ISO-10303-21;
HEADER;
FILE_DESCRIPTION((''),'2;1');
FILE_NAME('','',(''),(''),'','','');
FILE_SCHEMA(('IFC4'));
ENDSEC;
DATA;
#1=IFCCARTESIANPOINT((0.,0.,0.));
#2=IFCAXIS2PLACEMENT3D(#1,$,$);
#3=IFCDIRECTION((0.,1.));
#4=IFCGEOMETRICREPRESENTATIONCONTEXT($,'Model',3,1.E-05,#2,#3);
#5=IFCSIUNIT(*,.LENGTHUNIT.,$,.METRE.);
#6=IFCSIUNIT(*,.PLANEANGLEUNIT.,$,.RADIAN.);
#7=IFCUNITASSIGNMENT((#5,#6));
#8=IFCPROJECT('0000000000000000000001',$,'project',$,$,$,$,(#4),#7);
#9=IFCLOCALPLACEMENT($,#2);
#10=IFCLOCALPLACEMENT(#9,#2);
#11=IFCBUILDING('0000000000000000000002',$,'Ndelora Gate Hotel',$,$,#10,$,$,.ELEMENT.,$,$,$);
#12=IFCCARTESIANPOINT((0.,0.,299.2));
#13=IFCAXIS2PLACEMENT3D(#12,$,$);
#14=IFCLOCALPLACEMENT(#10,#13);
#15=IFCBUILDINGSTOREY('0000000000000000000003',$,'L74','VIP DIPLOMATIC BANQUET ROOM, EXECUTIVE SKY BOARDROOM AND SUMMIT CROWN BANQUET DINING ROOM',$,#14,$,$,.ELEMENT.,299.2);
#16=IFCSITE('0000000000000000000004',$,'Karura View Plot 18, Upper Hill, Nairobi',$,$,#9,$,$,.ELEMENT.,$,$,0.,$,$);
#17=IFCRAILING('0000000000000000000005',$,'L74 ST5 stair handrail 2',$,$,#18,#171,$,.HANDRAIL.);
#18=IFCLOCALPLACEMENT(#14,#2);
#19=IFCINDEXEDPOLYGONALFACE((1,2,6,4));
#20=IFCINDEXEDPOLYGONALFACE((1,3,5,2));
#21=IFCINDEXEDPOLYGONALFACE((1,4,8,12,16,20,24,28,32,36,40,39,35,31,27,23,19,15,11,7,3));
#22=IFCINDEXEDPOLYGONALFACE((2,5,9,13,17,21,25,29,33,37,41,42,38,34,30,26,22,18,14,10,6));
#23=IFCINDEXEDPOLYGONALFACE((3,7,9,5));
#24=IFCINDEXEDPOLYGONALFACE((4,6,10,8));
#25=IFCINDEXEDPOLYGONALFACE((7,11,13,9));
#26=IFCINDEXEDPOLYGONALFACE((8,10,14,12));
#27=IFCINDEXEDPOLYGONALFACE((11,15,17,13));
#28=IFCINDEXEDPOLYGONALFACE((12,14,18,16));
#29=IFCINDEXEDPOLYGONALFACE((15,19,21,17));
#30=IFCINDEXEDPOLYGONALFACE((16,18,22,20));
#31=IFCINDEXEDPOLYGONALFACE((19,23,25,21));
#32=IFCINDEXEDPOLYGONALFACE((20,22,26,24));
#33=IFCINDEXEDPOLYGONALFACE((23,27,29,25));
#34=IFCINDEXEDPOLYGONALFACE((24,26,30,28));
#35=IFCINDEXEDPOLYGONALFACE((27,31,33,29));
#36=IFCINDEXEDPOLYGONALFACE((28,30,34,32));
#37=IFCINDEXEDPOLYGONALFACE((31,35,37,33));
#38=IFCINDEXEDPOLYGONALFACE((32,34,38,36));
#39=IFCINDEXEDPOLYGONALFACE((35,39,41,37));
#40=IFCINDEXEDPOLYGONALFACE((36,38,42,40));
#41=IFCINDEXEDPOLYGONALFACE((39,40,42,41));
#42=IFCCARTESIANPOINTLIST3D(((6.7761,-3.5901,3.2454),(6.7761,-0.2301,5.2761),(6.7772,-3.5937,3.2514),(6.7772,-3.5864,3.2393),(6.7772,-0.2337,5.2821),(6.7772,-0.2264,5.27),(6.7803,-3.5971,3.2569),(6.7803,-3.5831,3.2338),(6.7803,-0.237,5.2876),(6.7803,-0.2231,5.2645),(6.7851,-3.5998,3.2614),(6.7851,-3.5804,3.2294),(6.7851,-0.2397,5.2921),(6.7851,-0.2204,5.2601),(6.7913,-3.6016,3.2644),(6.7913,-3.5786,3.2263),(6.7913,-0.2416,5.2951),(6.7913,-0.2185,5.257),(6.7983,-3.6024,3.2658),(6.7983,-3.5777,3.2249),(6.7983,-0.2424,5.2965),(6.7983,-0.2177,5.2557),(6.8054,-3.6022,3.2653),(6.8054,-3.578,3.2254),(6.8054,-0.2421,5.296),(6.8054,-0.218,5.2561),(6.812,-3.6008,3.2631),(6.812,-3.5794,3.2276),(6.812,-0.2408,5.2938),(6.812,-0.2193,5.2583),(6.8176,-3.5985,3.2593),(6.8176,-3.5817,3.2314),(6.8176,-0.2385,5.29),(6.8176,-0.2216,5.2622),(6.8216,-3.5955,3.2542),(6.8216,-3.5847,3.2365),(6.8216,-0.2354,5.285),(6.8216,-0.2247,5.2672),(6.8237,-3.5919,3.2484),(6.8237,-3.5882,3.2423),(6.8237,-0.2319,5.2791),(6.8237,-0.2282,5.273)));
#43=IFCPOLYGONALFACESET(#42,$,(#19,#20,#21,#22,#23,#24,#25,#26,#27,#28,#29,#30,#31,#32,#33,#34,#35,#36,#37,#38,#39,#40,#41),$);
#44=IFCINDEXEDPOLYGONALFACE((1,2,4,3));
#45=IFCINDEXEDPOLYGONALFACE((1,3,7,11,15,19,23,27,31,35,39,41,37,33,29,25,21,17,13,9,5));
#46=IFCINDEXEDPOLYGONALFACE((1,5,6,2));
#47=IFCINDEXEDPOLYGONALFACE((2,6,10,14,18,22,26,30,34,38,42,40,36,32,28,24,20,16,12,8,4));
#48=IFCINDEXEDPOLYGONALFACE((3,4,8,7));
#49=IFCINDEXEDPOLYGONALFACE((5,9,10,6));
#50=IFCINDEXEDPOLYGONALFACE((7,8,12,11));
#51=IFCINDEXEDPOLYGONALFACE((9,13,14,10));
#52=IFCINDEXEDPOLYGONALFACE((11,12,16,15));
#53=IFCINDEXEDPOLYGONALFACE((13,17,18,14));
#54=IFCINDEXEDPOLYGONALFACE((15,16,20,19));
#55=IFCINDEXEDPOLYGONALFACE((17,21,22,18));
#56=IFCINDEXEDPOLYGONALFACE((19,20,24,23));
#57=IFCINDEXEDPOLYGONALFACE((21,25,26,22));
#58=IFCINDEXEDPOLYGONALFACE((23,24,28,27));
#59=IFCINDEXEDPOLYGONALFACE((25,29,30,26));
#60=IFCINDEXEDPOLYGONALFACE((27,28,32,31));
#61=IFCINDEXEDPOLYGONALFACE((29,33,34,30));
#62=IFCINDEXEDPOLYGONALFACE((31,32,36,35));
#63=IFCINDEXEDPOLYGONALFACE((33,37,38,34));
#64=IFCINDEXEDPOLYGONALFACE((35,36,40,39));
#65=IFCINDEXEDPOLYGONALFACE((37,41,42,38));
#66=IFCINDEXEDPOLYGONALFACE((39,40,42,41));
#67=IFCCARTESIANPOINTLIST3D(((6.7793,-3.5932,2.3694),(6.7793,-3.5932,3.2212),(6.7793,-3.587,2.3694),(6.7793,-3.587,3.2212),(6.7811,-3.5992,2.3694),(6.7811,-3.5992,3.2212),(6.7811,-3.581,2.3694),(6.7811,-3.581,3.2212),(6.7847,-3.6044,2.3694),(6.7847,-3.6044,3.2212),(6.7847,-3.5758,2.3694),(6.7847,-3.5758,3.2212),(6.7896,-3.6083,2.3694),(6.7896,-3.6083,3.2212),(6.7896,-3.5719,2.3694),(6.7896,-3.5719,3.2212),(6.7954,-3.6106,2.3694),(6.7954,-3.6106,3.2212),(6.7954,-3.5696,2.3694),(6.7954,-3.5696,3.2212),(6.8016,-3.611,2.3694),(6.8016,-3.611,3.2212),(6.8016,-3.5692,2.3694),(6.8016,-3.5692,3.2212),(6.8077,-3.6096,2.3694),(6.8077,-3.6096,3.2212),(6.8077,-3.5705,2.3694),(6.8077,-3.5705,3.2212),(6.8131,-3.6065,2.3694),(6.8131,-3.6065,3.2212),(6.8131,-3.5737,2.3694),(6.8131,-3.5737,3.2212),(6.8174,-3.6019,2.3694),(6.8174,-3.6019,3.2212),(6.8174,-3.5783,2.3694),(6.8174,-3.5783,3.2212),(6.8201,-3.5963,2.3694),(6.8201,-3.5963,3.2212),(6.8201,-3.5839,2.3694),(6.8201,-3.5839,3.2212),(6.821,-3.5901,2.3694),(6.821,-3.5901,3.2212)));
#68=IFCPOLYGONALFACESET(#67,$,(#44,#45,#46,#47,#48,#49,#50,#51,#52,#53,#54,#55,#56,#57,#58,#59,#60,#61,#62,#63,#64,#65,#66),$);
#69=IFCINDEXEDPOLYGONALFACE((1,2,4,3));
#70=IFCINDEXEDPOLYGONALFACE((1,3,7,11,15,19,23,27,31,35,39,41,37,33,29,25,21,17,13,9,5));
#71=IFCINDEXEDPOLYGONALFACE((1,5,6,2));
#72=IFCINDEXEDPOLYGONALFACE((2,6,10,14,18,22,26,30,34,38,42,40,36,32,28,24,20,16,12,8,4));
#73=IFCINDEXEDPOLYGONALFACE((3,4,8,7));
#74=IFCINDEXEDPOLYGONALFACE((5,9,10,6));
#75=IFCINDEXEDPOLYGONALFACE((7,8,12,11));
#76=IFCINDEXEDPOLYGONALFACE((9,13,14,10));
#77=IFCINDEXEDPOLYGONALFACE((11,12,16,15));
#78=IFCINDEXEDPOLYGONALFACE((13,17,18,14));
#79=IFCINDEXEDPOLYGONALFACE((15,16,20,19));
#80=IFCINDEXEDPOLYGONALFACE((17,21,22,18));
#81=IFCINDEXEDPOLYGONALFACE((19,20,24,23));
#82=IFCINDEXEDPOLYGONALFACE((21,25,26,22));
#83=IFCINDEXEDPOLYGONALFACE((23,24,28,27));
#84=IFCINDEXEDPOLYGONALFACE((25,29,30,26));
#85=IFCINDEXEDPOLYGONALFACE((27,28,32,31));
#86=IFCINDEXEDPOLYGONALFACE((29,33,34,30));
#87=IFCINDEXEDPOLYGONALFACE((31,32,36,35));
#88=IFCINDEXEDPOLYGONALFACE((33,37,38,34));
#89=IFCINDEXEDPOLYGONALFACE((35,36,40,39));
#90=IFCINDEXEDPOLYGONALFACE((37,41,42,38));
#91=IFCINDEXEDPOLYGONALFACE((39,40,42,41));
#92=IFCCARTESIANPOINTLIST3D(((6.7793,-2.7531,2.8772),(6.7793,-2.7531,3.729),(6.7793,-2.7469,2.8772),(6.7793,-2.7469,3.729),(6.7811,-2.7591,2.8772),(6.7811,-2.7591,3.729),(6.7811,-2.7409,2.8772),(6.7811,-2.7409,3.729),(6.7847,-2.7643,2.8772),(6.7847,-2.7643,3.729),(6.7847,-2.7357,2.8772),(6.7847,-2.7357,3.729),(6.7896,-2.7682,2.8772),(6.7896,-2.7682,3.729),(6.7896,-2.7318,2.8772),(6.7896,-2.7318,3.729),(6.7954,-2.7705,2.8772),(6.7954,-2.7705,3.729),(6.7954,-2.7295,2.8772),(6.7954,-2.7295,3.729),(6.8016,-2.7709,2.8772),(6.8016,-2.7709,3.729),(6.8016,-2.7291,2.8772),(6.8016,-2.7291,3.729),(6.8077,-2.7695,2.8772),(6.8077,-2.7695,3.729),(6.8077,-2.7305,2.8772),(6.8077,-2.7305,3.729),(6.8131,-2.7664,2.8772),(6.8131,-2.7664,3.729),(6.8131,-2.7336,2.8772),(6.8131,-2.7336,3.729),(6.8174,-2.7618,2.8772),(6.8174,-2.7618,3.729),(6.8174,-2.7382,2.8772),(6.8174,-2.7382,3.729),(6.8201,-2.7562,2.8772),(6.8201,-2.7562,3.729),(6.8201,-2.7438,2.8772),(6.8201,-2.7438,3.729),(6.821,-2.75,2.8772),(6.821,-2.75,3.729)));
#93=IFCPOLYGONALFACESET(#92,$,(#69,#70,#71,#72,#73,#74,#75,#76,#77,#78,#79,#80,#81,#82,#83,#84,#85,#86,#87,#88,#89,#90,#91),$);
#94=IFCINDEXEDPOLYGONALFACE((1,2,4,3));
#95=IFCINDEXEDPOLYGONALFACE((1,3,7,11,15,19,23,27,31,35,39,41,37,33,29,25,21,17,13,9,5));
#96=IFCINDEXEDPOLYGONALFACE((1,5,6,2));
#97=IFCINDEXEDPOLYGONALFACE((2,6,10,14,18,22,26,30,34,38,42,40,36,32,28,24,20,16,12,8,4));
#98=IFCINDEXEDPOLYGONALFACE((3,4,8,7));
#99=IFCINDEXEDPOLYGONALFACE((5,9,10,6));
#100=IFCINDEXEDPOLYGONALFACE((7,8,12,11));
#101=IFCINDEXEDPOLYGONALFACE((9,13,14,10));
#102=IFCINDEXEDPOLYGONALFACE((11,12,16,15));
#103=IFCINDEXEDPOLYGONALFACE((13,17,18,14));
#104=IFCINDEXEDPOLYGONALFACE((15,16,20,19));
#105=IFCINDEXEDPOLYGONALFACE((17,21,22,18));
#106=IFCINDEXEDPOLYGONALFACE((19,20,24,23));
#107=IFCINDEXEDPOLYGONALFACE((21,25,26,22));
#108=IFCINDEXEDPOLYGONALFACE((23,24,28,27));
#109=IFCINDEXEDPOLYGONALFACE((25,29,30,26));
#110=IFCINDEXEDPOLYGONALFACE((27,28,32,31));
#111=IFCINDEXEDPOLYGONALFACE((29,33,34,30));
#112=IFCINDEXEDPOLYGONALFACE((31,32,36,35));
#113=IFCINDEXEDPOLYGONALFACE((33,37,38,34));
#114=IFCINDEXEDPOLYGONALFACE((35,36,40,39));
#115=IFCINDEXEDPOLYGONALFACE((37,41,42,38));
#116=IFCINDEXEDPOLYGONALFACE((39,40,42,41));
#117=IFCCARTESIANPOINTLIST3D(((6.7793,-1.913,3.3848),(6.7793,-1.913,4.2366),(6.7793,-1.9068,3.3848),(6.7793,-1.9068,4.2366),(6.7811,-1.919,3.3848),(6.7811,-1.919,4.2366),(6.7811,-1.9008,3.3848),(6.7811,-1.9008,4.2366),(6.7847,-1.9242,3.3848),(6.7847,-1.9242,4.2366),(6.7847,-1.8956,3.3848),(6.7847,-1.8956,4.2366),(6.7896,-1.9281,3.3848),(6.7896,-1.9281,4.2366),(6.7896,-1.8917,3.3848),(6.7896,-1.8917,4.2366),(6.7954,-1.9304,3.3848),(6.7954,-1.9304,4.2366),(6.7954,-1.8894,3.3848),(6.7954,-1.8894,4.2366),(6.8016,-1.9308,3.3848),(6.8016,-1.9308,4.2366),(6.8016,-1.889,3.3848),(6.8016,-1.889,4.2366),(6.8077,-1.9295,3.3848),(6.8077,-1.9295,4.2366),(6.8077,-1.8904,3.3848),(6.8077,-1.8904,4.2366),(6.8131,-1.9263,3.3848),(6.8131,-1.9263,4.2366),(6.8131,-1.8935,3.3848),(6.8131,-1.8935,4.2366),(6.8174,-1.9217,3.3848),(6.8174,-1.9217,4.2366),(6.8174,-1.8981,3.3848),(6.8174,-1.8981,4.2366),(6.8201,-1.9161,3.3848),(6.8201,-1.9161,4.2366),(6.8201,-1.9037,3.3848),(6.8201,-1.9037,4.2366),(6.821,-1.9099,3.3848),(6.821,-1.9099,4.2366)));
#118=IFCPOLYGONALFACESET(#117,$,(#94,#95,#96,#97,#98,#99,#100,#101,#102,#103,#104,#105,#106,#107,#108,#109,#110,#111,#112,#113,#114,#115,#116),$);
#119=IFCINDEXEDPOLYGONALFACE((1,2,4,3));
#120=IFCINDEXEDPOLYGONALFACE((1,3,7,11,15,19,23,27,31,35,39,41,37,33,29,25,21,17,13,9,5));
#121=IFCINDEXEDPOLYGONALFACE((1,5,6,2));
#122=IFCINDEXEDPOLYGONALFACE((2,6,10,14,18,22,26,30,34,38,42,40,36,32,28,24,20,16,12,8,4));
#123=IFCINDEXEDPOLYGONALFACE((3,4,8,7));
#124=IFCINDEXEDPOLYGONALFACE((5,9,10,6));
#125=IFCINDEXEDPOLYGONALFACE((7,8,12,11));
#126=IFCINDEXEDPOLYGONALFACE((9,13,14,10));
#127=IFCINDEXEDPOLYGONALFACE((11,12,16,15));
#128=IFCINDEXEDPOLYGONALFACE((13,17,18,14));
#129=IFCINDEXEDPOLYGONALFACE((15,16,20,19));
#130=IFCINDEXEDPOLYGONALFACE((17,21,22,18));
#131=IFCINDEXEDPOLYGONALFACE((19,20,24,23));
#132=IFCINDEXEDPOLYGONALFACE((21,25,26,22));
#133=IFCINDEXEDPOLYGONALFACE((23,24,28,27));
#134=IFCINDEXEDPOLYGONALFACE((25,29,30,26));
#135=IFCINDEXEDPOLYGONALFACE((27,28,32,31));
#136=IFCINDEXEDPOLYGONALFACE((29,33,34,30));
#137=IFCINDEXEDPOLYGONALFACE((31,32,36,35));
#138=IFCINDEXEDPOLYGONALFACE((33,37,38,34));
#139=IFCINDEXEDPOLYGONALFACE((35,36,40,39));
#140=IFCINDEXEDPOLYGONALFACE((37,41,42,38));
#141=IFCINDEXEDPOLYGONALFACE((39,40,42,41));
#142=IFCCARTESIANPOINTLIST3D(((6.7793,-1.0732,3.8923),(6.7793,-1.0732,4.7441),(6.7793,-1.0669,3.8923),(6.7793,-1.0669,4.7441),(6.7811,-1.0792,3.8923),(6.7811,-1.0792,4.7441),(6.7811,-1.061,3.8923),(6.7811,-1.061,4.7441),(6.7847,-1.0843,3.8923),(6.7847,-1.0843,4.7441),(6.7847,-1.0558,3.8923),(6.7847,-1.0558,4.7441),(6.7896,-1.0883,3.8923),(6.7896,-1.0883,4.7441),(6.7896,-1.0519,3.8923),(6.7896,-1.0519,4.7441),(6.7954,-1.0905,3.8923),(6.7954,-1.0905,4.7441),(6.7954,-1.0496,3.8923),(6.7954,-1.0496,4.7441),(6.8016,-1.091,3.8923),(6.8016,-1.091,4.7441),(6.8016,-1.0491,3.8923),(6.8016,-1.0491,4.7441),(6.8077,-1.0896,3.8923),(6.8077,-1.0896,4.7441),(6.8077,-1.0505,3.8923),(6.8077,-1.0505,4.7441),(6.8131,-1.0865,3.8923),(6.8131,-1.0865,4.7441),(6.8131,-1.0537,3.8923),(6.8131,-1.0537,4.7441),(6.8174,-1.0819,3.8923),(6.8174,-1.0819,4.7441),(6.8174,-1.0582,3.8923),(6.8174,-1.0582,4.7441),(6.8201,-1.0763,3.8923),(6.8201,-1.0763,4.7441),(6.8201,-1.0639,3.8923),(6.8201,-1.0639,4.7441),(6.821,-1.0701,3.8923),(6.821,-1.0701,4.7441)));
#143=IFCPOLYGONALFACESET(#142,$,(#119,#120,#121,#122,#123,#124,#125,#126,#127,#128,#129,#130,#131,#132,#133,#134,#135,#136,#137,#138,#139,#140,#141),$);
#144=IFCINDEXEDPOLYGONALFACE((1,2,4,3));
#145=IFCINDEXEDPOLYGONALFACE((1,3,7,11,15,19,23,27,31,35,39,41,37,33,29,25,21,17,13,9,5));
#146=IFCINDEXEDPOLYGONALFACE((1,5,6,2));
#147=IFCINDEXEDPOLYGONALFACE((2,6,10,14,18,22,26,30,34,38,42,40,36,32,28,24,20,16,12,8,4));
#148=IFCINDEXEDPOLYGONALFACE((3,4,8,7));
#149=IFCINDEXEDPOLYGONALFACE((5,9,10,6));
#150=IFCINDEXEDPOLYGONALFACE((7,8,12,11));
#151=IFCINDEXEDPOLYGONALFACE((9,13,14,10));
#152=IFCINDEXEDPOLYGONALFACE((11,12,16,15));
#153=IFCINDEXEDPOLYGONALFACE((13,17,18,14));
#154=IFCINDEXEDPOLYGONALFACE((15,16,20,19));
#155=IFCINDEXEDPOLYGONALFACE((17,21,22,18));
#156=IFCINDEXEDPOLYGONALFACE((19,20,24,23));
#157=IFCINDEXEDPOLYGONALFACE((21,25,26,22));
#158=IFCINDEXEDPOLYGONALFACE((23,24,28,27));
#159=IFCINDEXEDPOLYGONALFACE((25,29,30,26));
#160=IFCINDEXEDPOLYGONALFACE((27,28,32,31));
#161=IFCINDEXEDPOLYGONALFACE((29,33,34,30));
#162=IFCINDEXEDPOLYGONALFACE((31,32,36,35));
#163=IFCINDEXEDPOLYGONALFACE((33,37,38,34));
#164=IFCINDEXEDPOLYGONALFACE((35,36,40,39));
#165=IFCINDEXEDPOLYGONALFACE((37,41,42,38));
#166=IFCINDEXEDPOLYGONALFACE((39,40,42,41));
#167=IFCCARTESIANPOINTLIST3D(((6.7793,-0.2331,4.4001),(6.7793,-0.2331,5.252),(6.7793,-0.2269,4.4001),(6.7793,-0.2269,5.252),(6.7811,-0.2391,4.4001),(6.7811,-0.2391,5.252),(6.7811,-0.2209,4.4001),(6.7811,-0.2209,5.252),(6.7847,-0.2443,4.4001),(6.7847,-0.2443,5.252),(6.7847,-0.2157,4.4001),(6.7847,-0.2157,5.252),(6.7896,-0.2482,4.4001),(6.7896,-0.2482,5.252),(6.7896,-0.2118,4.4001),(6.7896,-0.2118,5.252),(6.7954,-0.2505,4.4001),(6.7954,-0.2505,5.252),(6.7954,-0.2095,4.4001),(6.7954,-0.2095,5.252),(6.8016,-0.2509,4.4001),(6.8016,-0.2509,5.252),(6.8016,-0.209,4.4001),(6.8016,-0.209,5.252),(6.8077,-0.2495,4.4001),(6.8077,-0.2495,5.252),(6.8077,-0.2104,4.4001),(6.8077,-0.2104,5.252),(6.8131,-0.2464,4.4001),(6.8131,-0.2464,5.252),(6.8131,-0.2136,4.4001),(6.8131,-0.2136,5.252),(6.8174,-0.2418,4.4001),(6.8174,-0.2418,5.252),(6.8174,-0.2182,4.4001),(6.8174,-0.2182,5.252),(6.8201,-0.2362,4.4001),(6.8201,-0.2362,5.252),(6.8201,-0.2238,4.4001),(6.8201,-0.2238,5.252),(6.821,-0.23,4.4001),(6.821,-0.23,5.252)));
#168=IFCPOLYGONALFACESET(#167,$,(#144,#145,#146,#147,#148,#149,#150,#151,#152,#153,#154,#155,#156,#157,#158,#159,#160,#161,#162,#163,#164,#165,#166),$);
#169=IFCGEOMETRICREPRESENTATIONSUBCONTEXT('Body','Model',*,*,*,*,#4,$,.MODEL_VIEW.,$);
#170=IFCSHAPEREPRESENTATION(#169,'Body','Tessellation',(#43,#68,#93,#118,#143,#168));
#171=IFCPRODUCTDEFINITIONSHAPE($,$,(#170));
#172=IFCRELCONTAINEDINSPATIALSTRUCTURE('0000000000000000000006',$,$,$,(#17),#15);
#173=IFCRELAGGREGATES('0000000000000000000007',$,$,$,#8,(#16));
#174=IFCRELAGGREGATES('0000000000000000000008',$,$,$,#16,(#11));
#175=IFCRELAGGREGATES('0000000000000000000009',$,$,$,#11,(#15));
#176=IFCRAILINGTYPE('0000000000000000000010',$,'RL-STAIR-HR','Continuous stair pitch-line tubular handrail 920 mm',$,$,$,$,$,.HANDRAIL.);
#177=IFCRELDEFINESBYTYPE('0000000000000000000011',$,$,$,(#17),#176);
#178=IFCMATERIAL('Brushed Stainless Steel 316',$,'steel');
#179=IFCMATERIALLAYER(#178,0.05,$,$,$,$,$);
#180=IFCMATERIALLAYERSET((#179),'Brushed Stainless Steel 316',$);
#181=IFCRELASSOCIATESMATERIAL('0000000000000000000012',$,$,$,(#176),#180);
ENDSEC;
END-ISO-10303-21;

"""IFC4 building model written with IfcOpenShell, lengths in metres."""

from ifc_helpers import new_model, si_unit, direction, frame, origin, origin_2d, place, context, subcontext, project, spatial, circle, extrude, material, layer, layer_set, type_object, element, save


model = new_model("IFC4")

# Units and contexts
model_context = context("Model", 3, precision=1e-05, world=origin(), true_north=direction((0.0, 1.0)))
body_context = subcontext(model_context, "Body", "Model", "MODEL_VIEW")
ifc_project = project(units=[si_unit("LENGTHUNIT", "METRE"), si_unit("PLANEANGLEUNIT", "RADIAN")], contexts=[model_context])

# Site, building, storey
site_placement = place(None, origin())
site = spatial("IfcSite", under=ifc_project, at=site_placement, Name="Karura View Plot 18, Upper Hill, Nairobi", CompositionType="ELEMENT", RefElevation=0.0)
building_placement = place(site_placement, origin())
building = spatial("IfcBuilding", under=site, at=building_placement, Name="Ndelora Gate Hotel", CompositionType="ELEMENT")
storey_placement = place(building_placement, frame((0.0, 0.0, 299.2)))
storey = spatial("IfcBuildingStorey", under=building, at=storey_placement, Name="L74", Description="VIP DIPLOMATIC BANQUET ROOM, EXECUTIVE SKY BOARDROOM AND SUMMIT CROWN BANQUET DINING ROOM", CompositionType="ELEMENT", Elevation=299.2)

# Railing
ifc_material_1 = material(Name="Brushed Stainless Steel 316", Category="steel")
ifc_layer_1 = layer(ifc_material_1, 0.05)
ifc_layer_set_1 = layer_set([ifc_layer_1], Name="Brushed Stainless Steel 316")
railing_type_1 = type_object("IfcRailingType", Name="RL-STAIR-HR", Description="Continuous stair pitch-line tubular handrail 920 mm", PredefinedType="HANDRAIL", material=ifc_layer_set_1)
railing_1_placement = place(storey_placement, frame((6.8, -3.5901, 2.3694)))
element("IfcRailing", 1, at=railing_1_placement, inside=storey, type_object=railing_type_1, Name="L74 ST5 stair handrail 2", PredefinedType="HANDRAIL", context=body_context, shape_type="SweptSolid", body=[
    extrude(circle(Radius=0.0239, at=origin_2d()), frame((0.0, 0.0, 0.876), z_axis=(0.0, 0.855837, 0.517246), x_axis=(-1.0, 0.0, 0.0)), (0.0, 0.0, 1.0), 3.926),
    extrude(circle(Radius=0.021, at=origin_2d()), origin(), (0.0, 0.0, 1.0), 0.8518),
    extrude(circle(Radius=0.021, at=origin_2d()), frame((0.0, 0.8401, 0.5078)), (0.0, 0.0, 1.0), 0.8518),
    extrude(circle(Radius=0.021, at=origin_2d()), frame((0.0, 1.6802, 1.0154)), (0.0, 0.0, 1.0), 0.8518),
    extrude(circle(Radius=0.021, at=origin_2d()), frame((0.0, 2.52, 1.5229)), (0.0, 0.0, 1.0), 0.8518),
    extrude(circle(Radius=0.021, at=origin_2d()), frame((0.0, 3.3601, 2.0308)), (0.0, 0.0, 1.0), 0.8518),
])

save(model, "model.ifc")
